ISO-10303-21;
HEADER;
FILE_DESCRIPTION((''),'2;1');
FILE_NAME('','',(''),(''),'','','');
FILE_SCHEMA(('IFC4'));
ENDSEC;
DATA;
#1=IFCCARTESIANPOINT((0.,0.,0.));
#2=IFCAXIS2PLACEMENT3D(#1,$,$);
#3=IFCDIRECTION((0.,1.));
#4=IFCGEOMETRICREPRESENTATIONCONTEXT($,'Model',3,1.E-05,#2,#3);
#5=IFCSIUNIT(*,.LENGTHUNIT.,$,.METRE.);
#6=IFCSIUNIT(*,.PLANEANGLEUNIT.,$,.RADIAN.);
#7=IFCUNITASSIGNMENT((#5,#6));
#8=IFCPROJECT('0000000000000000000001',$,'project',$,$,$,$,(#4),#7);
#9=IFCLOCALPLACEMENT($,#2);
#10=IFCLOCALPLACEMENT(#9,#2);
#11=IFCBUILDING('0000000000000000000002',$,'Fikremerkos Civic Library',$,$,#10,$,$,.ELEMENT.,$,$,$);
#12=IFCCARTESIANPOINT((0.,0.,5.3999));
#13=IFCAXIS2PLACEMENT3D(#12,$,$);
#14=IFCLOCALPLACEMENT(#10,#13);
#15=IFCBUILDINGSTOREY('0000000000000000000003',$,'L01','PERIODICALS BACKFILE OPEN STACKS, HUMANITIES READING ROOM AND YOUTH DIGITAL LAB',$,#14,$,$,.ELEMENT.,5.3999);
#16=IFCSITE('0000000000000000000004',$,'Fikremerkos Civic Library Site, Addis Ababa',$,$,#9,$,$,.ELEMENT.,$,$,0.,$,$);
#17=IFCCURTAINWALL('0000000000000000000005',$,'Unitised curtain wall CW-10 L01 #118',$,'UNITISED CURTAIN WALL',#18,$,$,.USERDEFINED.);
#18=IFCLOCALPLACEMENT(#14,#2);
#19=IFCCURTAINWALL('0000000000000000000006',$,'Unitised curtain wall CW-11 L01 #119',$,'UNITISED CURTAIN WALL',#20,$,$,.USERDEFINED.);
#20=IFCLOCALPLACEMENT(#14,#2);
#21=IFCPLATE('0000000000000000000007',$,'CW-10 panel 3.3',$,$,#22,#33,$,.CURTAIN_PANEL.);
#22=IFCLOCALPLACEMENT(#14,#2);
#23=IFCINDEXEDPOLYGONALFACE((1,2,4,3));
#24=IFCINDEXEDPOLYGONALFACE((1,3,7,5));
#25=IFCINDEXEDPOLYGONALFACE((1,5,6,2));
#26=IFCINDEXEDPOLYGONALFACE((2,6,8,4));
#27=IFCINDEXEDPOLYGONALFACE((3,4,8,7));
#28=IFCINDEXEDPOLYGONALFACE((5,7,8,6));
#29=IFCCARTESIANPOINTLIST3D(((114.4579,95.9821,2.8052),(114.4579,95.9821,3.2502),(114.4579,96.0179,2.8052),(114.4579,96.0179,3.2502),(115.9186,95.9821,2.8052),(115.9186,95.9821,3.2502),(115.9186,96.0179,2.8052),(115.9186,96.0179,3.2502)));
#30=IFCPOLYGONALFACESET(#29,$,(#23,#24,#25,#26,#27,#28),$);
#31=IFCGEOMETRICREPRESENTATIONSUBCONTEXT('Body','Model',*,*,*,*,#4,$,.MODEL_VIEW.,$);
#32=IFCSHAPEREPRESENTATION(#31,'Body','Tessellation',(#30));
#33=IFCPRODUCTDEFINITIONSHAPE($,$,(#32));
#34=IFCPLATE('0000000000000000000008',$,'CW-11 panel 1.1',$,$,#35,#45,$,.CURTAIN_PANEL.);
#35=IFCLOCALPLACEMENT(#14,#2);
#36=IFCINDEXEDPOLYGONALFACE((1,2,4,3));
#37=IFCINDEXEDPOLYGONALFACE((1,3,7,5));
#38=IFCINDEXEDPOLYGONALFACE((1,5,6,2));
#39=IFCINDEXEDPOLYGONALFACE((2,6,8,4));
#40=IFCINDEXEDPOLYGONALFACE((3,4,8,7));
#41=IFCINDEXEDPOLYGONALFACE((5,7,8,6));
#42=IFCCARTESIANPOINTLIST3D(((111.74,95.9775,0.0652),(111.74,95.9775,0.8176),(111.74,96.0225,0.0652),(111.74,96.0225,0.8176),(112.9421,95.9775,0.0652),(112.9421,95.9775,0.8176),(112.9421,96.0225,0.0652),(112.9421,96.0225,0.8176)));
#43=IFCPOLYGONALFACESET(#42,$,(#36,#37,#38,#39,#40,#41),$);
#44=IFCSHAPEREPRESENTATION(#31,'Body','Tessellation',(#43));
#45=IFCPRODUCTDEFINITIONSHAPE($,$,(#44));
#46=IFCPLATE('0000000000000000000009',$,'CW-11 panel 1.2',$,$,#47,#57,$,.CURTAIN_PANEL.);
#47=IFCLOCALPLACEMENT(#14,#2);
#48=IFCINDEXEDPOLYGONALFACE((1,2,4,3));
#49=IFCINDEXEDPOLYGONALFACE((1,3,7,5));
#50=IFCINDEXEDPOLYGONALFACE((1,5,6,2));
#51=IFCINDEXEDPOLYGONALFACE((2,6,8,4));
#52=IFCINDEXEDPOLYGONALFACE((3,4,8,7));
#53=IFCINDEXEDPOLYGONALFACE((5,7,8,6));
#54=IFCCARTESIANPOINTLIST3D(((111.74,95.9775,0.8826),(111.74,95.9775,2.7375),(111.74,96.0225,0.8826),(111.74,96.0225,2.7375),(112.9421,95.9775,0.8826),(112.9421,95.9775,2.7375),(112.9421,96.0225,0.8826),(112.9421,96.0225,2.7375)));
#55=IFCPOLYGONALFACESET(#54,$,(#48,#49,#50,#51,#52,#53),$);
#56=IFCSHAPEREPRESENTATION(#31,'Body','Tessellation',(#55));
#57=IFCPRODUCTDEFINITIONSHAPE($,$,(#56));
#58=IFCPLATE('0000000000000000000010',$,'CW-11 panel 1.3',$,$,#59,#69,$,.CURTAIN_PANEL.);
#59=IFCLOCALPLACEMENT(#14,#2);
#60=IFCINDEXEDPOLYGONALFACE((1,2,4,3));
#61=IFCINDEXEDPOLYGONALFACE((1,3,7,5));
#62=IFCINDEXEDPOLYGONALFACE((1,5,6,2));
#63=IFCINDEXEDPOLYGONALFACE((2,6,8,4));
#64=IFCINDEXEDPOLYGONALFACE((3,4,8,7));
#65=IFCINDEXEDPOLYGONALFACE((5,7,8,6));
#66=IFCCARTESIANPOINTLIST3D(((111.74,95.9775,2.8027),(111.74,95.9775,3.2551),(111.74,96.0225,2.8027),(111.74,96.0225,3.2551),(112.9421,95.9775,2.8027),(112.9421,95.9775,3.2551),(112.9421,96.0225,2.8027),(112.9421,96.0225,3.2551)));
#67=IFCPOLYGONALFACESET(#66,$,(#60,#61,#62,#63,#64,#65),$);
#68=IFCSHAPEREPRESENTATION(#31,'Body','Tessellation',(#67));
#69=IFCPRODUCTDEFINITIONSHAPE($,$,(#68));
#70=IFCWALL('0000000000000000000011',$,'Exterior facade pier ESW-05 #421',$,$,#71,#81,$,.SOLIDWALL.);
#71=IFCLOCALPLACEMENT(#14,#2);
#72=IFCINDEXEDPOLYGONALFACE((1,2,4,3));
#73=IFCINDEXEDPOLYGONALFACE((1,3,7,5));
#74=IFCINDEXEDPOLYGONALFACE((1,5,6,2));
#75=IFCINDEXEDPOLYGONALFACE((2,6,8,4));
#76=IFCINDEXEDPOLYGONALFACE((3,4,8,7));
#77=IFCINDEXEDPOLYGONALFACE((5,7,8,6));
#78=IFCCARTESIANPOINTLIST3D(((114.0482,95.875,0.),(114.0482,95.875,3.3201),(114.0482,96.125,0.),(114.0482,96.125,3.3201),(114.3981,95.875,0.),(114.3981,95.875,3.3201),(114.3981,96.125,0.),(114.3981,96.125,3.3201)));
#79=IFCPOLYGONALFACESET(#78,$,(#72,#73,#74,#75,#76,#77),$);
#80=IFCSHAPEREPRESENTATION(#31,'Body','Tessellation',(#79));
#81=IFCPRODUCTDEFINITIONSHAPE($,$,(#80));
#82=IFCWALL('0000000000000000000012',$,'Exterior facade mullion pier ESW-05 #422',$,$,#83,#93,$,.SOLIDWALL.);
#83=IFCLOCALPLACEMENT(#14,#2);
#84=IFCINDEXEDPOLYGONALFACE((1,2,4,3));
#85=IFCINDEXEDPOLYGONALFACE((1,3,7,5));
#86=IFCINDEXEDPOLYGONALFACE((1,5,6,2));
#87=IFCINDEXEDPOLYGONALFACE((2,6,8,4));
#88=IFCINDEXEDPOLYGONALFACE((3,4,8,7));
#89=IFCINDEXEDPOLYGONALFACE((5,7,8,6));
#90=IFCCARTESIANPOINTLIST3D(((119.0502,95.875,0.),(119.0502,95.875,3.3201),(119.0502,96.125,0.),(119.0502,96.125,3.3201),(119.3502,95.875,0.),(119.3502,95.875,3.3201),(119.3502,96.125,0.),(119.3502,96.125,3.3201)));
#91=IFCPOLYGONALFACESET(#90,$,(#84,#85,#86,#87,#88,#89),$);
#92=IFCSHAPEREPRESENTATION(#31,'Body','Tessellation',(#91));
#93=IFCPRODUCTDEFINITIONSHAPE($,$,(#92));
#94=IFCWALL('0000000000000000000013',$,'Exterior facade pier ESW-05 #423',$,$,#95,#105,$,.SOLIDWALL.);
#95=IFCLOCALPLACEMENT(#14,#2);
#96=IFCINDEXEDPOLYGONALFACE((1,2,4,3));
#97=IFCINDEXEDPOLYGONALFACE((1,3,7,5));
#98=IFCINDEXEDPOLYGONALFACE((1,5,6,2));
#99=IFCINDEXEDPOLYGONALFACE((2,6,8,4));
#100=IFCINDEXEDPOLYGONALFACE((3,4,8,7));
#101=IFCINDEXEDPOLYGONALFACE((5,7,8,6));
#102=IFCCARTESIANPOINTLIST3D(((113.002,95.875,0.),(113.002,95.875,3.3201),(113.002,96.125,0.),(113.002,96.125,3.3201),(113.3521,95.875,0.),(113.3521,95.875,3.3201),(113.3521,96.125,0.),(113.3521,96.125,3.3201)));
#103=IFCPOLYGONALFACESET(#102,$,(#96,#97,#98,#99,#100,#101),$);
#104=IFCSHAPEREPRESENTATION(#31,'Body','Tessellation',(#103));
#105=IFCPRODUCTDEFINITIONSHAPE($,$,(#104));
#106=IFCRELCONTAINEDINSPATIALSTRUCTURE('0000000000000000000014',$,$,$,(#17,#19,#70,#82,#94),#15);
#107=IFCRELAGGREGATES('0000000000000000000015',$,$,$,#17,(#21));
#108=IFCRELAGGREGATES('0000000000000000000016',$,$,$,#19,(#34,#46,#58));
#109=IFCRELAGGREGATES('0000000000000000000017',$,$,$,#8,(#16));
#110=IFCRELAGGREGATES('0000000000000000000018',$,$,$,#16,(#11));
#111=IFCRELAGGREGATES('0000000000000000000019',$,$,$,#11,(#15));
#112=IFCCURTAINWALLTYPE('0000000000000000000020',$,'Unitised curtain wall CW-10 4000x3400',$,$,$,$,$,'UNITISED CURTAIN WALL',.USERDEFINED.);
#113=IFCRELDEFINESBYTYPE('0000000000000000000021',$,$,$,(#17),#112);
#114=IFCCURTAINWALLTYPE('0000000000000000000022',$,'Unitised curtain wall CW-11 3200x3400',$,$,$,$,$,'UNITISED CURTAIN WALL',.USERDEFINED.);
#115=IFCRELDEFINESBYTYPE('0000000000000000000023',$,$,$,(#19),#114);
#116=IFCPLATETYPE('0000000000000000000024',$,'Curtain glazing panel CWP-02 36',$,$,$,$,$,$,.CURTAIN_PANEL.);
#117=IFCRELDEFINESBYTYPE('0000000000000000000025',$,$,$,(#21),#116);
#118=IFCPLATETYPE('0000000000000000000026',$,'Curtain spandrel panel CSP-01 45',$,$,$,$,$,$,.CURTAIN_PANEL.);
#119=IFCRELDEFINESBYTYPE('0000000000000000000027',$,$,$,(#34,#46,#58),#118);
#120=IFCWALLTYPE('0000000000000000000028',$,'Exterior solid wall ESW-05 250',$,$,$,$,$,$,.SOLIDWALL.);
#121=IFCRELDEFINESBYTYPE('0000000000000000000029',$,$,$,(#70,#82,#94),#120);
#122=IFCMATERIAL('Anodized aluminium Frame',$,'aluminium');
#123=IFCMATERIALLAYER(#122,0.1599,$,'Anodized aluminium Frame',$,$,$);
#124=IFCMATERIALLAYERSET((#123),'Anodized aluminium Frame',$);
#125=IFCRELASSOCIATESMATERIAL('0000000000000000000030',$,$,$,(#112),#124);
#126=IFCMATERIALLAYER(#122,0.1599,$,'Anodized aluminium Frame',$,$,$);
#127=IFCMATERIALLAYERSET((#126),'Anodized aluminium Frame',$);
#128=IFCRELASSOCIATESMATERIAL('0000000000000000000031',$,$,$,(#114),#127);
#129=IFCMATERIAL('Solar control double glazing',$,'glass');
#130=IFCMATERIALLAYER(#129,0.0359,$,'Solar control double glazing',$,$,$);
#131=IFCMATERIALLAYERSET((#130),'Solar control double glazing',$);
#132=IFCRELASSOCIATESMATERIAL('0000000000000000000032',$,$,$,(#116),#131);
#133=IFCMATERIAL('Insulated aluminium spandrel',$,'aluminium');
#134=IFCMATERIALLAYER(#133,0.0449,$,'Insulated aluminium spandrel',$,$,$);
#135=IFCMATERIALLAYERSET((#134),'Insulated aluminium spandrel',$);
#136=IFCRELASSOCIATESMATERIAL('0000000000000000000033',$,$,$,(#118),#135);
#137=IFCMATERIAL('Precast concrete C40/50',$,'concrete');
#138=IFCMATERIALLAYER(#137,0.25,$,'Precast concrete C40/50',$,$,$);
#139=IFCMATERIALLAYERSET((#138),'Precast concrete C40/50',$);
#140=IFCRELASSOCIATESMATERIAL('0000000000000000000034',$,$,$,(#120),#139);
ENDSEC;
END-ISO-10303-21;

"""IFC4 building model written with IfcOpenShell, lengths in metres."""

from ifc_helpers import new_model, si_unit, direction, frame, frame_2d, origin, origin_2d, place, context, subcontext, project, spatial, rectangle, extrude, material, layer, layer_set, type_object, element, aggregate, save


model = new_model("IFC4")

# Units and contexts
model_context = context("Model", 3, precision=1e-05, world=origin(), true_north=direction((0.0, 1.0)))
body_context = subcontext(model_context, "Body", "Model", "MODEL_VIEW")
ifc_project = project(units=[si_unit("LENGTHUNIT", "METRE"), si_unit("PLANEANGLEUNIT", "RADIAN")], contexts=[model_context])

# Site, building, storey
site_placement = place(None, origin())
site = spatial("IfcSite", under=ifc_project, at=site_placement, Name="Fikremerkos Civic Library Site, Addis Ababa", CompositionType="ELEMENT", RefElevation=0.0)
building_placement = place(site_placement, origin())
building = spatial("IfcBuilding", under=site, at=building_placement, Name="Fikremerkos Civic Library", CompositionType="ELEMENT")
storey_placement = place(building_placement, frame((0.0, 0.0, 5.3999)))
storey = spatial("IfcBuildingStorey", under=building, at=storey_placement, Name="L01", Description="PERIODICALS BACKFILE OPEN STACKS, HUMANITIES READING ROOM AND YOUTH DIGITAL LAB", CompositionType="ELEMENT", Elevation=5.3999)

# Shared definitions
ifc_material_1 = material(Name="Anodized aluminium Frame", Category="aluminium")

# Curtain wall
ifc_layer_1 = layer(ifc_material_1, 0.1599, Name="Anodized aluminium Frame")
ifc_layer_set_1 = layer_set([ifc_layer_1], Name="Anodized aluminium Frame")
curtain_wall_type_1 = type_object("IfcCurtainWallType", Name="Unitised curtain wall CW-10 4000x3400", ElementType="UNITISED CURTAIN WALL", PredefinedType="USERDEFINED", material=ifc_layer_set_1)
curtain_wall_1_placement = place(storey_placement, origin())
curtain_wall_1 = element("IfcCurtainWall", 1, at=curtain_wall_1_placement, inside=storey, type_object=curtain_wall_type_1, Name="Unitised curtain wall CW-10 L01 #118", ObjectType="UNITISED CURTAIN WALL", PredefinedType="USERDEFINED")

# Curtain wall
ifc_layer_2 = layer(ifc_material_1, 0.1599, Name="Anodized aluminium Frame")
ifc_layer_set_2 = layer_set([ifc_layer_2], Name="Anodized aluminium Frame")
curtain_wall_type_2 = type_object("IfcCurtainWallType", Name="Unitised curtain wall CW-11 3200x3400", ElementType="UNITISED CURTAIN WALL", PredefinedType="USERDEFINED", material=ifc_layer_set_2)
curtain_wall_2_placement = place(storey_placement, origin())
curtain_wall_2 = element("IfcCurtainWall", 2, at=curtain_wall_2_placement, inside=storey, type_object=curtain_wall_type_2, Name="Unitised curtain wall CW-11 L01 #119", ObjectType="UNITISED CURTAIN WALL", PredefinedType="USERDEFINED")

# Plates
ifc_material_2 = material(Name="Solar control double glazing", Category="glass")
ifc_layer_3 = layer(ifc_material_2, 0.0359, Name="Solar control double glazing")
ifc_layer_set_3 = layer_set([ifc_layer_3], Name="Solar control double glazing")
plate_type_1 = type_object("IfcPlateType", Name="Curtain glazing panel CWP-02 36", PredefinedType="CURTAIN_PANEL", material=ifc_layer_set_3)
plate_1_placement = place(storey_placement, frame((115.1882, 96.0, 2.8052), z_axis=(0.0, 0.0, 1.0), x_axis=(-1.0, 0.0, 0.0)))
plate_1 = element("IfcPlate", 3, at=plate_1_placement, type_object=plate_type_1, Name="CW-10 panel 3.3", PredefinedType="CURTAIN_PANEL", context=body_context, shape_type="SweptSolid", body=[
    extrude(rectangle(XDim=1.4607, YDim=0.0359, at=origin_2d()), origin(), (0.0, 0.0, 1.0), 0.4451),
])
aggregate(curtain_wall_1, [plate_1])
ifc_material_3 = material(Name="Insulated aluminium spandrel", Category="aluminium")
ifc_layer_4 = layer(ifc_material_3, 0.0449, Name="Insulated aluminium spandrel")
ifc_layer_set_4 = layer_set([ifc_layer_4], Name="Insulated aluminium spandrel")
plate_type_2 = type_object("IfcPlateType", Name="Curtain spandrel panel CSP-01 45", PredefinedType="CURTAIN_PANEL", material=ifc_layer_set_4)
plate_2_placement = place(storey_placement, frame((112.3411, 96.0, 0.0652), z_axis=(0.0, 0.0, 1.0), x_axis=(-1.0, 0.0, 0.0)))
plate_2 = element("IfcPlate", 4, at=plate_2_placement, type_object=plate_type_2, Name="CW-11 panel 1.1", PredefinedType="CURTAIN_PANEL", context=body_context, shape_type="SweptSolid", body=[
    extrude(rectangle(XDim=1.2021, YDim=0.0449, at=origin_2d()), origin(), (0.0, 0.0, 1.0), 0.7524),
])
plate_3_placement = place(storey_placement, frame((112.3411, 96.0, 0.8826), z_axis=(0.0, 0.0, 1.0), x_axis=(-1.0, 0.0, 0.0)))
plate_3 = element("IfcPlate", 5, at=plate_3_placement, type_object=plate_type_2, Name="CW-11 panel 1.2", PredefinedType="CURTAIN_PANEL", context=body_context, shape_type="SweptSolid", body=[
    extrude(rectangle(XDim=1.2021, YDim=0.0449, at=origin_2d()), origin(), (0.0, 0.0, 1.0), 1.855),
])
plate_4_placement = place(storey_placement, frame((112.3411, 96.0, 2.8027), z_axis=(0.0, 0.0, 1.0), x_axis=(-1.0, 0.0, 0.0)))
plate_4 = element("IfcPlate", 6, at=plate_4_placement, type_object=plate_type_2, Name="CW-11 panel 1.3", PredefinedType="CURTAIN_PANEL", context=body_context, shape_type="SweptSolid", body=[
    extrude(rectangle(XDim=1.2021, YDim=0.0449, at=origin_2d()), origin(), (0.0, 0.0, 1.0), 0.4524),
])
aggregate(curtain_wall_2, [plate_2, plate_3, plate_4])

# Walls
ifc_material_4 = material(Name="Precast concrete C40/50", Category="concrete")
ifc_layer_5 = layer(ifc_material_4, 0.25, Name="Precast concrete C40/50")
ifc_layer_set_5 = layer_set([ifc_layer_5], Name="Precast concrete C40/50")
wall_type = type_object("IfcWallType", Name="Exterior solid wall ESW-05 250", PredefinedType="SOLIDWALL", material=ifc_layer_set_5)
wall_1_placement = place(storey_placement, frame((114.3979, 96.0, 0.0), z_axis=(0.0, 0.0, 1.0), x_axis=(-1.0, 0.0, 0.0)))
element("IfcWall", 7, at=wall_1_placement, inside=storey, type_object=wall_type, Name="Exterior facade pier ESW-05 #421", PredefinedType="SOLIDWALL", context=body_context, shape_type="SweptSolid", body=[
    extrude(rectangle(XDim=0.3499, YDim=0.25, at=frame_2d((0.1748, 0.0))), origin(), (0.0, 0.0, 1.0), 3.3201),
])
wall_2_placement = place(storey_placement, frame((119.3501, 96.0, 0.0), z_axis=(0.0, 0.0, 1.0), x_axis=(-1.0, 0.0, 0.0)))
element("IfcWall", 8, at=wall_2_placement, inside=storey, type_object=wall_type, Name="Exterior facade mullion pier ESW-05 #422", PredefinedType="SOLIDWALL", context=body_context, shape_type="SweptSolid", body=[
    extrude(rectangle(XDim=0.3, YDim=0.25, at=frame_2d((0.1499, 0.0))), origin(), (0.0, 0.0, 1.0), 3.3201),
])
wall_3_placement = place(storey_placement, frame((113.3521, 96.0, 0.0), z_axis=(0.0, 0.0, 1.0), x_axis=(-1.0, 0.0, 0.0)))
element("IfcWall", 9, at=wall_3_placement, inside=storey, type_object=wall_type, Name="Exterior facade pier ESW-05 #423", PredefinedType="SOLIDWALL", context=body_context, shape_type="SweptSolid", body=[
    extrude(rectangle(XDim=0.3501, YDim=0.25, at=frame_2d((0.175, 0.0))), origin(), (0.0, 0.0, 1.0), 3.3201),
])

save(model, "model.ifc")
